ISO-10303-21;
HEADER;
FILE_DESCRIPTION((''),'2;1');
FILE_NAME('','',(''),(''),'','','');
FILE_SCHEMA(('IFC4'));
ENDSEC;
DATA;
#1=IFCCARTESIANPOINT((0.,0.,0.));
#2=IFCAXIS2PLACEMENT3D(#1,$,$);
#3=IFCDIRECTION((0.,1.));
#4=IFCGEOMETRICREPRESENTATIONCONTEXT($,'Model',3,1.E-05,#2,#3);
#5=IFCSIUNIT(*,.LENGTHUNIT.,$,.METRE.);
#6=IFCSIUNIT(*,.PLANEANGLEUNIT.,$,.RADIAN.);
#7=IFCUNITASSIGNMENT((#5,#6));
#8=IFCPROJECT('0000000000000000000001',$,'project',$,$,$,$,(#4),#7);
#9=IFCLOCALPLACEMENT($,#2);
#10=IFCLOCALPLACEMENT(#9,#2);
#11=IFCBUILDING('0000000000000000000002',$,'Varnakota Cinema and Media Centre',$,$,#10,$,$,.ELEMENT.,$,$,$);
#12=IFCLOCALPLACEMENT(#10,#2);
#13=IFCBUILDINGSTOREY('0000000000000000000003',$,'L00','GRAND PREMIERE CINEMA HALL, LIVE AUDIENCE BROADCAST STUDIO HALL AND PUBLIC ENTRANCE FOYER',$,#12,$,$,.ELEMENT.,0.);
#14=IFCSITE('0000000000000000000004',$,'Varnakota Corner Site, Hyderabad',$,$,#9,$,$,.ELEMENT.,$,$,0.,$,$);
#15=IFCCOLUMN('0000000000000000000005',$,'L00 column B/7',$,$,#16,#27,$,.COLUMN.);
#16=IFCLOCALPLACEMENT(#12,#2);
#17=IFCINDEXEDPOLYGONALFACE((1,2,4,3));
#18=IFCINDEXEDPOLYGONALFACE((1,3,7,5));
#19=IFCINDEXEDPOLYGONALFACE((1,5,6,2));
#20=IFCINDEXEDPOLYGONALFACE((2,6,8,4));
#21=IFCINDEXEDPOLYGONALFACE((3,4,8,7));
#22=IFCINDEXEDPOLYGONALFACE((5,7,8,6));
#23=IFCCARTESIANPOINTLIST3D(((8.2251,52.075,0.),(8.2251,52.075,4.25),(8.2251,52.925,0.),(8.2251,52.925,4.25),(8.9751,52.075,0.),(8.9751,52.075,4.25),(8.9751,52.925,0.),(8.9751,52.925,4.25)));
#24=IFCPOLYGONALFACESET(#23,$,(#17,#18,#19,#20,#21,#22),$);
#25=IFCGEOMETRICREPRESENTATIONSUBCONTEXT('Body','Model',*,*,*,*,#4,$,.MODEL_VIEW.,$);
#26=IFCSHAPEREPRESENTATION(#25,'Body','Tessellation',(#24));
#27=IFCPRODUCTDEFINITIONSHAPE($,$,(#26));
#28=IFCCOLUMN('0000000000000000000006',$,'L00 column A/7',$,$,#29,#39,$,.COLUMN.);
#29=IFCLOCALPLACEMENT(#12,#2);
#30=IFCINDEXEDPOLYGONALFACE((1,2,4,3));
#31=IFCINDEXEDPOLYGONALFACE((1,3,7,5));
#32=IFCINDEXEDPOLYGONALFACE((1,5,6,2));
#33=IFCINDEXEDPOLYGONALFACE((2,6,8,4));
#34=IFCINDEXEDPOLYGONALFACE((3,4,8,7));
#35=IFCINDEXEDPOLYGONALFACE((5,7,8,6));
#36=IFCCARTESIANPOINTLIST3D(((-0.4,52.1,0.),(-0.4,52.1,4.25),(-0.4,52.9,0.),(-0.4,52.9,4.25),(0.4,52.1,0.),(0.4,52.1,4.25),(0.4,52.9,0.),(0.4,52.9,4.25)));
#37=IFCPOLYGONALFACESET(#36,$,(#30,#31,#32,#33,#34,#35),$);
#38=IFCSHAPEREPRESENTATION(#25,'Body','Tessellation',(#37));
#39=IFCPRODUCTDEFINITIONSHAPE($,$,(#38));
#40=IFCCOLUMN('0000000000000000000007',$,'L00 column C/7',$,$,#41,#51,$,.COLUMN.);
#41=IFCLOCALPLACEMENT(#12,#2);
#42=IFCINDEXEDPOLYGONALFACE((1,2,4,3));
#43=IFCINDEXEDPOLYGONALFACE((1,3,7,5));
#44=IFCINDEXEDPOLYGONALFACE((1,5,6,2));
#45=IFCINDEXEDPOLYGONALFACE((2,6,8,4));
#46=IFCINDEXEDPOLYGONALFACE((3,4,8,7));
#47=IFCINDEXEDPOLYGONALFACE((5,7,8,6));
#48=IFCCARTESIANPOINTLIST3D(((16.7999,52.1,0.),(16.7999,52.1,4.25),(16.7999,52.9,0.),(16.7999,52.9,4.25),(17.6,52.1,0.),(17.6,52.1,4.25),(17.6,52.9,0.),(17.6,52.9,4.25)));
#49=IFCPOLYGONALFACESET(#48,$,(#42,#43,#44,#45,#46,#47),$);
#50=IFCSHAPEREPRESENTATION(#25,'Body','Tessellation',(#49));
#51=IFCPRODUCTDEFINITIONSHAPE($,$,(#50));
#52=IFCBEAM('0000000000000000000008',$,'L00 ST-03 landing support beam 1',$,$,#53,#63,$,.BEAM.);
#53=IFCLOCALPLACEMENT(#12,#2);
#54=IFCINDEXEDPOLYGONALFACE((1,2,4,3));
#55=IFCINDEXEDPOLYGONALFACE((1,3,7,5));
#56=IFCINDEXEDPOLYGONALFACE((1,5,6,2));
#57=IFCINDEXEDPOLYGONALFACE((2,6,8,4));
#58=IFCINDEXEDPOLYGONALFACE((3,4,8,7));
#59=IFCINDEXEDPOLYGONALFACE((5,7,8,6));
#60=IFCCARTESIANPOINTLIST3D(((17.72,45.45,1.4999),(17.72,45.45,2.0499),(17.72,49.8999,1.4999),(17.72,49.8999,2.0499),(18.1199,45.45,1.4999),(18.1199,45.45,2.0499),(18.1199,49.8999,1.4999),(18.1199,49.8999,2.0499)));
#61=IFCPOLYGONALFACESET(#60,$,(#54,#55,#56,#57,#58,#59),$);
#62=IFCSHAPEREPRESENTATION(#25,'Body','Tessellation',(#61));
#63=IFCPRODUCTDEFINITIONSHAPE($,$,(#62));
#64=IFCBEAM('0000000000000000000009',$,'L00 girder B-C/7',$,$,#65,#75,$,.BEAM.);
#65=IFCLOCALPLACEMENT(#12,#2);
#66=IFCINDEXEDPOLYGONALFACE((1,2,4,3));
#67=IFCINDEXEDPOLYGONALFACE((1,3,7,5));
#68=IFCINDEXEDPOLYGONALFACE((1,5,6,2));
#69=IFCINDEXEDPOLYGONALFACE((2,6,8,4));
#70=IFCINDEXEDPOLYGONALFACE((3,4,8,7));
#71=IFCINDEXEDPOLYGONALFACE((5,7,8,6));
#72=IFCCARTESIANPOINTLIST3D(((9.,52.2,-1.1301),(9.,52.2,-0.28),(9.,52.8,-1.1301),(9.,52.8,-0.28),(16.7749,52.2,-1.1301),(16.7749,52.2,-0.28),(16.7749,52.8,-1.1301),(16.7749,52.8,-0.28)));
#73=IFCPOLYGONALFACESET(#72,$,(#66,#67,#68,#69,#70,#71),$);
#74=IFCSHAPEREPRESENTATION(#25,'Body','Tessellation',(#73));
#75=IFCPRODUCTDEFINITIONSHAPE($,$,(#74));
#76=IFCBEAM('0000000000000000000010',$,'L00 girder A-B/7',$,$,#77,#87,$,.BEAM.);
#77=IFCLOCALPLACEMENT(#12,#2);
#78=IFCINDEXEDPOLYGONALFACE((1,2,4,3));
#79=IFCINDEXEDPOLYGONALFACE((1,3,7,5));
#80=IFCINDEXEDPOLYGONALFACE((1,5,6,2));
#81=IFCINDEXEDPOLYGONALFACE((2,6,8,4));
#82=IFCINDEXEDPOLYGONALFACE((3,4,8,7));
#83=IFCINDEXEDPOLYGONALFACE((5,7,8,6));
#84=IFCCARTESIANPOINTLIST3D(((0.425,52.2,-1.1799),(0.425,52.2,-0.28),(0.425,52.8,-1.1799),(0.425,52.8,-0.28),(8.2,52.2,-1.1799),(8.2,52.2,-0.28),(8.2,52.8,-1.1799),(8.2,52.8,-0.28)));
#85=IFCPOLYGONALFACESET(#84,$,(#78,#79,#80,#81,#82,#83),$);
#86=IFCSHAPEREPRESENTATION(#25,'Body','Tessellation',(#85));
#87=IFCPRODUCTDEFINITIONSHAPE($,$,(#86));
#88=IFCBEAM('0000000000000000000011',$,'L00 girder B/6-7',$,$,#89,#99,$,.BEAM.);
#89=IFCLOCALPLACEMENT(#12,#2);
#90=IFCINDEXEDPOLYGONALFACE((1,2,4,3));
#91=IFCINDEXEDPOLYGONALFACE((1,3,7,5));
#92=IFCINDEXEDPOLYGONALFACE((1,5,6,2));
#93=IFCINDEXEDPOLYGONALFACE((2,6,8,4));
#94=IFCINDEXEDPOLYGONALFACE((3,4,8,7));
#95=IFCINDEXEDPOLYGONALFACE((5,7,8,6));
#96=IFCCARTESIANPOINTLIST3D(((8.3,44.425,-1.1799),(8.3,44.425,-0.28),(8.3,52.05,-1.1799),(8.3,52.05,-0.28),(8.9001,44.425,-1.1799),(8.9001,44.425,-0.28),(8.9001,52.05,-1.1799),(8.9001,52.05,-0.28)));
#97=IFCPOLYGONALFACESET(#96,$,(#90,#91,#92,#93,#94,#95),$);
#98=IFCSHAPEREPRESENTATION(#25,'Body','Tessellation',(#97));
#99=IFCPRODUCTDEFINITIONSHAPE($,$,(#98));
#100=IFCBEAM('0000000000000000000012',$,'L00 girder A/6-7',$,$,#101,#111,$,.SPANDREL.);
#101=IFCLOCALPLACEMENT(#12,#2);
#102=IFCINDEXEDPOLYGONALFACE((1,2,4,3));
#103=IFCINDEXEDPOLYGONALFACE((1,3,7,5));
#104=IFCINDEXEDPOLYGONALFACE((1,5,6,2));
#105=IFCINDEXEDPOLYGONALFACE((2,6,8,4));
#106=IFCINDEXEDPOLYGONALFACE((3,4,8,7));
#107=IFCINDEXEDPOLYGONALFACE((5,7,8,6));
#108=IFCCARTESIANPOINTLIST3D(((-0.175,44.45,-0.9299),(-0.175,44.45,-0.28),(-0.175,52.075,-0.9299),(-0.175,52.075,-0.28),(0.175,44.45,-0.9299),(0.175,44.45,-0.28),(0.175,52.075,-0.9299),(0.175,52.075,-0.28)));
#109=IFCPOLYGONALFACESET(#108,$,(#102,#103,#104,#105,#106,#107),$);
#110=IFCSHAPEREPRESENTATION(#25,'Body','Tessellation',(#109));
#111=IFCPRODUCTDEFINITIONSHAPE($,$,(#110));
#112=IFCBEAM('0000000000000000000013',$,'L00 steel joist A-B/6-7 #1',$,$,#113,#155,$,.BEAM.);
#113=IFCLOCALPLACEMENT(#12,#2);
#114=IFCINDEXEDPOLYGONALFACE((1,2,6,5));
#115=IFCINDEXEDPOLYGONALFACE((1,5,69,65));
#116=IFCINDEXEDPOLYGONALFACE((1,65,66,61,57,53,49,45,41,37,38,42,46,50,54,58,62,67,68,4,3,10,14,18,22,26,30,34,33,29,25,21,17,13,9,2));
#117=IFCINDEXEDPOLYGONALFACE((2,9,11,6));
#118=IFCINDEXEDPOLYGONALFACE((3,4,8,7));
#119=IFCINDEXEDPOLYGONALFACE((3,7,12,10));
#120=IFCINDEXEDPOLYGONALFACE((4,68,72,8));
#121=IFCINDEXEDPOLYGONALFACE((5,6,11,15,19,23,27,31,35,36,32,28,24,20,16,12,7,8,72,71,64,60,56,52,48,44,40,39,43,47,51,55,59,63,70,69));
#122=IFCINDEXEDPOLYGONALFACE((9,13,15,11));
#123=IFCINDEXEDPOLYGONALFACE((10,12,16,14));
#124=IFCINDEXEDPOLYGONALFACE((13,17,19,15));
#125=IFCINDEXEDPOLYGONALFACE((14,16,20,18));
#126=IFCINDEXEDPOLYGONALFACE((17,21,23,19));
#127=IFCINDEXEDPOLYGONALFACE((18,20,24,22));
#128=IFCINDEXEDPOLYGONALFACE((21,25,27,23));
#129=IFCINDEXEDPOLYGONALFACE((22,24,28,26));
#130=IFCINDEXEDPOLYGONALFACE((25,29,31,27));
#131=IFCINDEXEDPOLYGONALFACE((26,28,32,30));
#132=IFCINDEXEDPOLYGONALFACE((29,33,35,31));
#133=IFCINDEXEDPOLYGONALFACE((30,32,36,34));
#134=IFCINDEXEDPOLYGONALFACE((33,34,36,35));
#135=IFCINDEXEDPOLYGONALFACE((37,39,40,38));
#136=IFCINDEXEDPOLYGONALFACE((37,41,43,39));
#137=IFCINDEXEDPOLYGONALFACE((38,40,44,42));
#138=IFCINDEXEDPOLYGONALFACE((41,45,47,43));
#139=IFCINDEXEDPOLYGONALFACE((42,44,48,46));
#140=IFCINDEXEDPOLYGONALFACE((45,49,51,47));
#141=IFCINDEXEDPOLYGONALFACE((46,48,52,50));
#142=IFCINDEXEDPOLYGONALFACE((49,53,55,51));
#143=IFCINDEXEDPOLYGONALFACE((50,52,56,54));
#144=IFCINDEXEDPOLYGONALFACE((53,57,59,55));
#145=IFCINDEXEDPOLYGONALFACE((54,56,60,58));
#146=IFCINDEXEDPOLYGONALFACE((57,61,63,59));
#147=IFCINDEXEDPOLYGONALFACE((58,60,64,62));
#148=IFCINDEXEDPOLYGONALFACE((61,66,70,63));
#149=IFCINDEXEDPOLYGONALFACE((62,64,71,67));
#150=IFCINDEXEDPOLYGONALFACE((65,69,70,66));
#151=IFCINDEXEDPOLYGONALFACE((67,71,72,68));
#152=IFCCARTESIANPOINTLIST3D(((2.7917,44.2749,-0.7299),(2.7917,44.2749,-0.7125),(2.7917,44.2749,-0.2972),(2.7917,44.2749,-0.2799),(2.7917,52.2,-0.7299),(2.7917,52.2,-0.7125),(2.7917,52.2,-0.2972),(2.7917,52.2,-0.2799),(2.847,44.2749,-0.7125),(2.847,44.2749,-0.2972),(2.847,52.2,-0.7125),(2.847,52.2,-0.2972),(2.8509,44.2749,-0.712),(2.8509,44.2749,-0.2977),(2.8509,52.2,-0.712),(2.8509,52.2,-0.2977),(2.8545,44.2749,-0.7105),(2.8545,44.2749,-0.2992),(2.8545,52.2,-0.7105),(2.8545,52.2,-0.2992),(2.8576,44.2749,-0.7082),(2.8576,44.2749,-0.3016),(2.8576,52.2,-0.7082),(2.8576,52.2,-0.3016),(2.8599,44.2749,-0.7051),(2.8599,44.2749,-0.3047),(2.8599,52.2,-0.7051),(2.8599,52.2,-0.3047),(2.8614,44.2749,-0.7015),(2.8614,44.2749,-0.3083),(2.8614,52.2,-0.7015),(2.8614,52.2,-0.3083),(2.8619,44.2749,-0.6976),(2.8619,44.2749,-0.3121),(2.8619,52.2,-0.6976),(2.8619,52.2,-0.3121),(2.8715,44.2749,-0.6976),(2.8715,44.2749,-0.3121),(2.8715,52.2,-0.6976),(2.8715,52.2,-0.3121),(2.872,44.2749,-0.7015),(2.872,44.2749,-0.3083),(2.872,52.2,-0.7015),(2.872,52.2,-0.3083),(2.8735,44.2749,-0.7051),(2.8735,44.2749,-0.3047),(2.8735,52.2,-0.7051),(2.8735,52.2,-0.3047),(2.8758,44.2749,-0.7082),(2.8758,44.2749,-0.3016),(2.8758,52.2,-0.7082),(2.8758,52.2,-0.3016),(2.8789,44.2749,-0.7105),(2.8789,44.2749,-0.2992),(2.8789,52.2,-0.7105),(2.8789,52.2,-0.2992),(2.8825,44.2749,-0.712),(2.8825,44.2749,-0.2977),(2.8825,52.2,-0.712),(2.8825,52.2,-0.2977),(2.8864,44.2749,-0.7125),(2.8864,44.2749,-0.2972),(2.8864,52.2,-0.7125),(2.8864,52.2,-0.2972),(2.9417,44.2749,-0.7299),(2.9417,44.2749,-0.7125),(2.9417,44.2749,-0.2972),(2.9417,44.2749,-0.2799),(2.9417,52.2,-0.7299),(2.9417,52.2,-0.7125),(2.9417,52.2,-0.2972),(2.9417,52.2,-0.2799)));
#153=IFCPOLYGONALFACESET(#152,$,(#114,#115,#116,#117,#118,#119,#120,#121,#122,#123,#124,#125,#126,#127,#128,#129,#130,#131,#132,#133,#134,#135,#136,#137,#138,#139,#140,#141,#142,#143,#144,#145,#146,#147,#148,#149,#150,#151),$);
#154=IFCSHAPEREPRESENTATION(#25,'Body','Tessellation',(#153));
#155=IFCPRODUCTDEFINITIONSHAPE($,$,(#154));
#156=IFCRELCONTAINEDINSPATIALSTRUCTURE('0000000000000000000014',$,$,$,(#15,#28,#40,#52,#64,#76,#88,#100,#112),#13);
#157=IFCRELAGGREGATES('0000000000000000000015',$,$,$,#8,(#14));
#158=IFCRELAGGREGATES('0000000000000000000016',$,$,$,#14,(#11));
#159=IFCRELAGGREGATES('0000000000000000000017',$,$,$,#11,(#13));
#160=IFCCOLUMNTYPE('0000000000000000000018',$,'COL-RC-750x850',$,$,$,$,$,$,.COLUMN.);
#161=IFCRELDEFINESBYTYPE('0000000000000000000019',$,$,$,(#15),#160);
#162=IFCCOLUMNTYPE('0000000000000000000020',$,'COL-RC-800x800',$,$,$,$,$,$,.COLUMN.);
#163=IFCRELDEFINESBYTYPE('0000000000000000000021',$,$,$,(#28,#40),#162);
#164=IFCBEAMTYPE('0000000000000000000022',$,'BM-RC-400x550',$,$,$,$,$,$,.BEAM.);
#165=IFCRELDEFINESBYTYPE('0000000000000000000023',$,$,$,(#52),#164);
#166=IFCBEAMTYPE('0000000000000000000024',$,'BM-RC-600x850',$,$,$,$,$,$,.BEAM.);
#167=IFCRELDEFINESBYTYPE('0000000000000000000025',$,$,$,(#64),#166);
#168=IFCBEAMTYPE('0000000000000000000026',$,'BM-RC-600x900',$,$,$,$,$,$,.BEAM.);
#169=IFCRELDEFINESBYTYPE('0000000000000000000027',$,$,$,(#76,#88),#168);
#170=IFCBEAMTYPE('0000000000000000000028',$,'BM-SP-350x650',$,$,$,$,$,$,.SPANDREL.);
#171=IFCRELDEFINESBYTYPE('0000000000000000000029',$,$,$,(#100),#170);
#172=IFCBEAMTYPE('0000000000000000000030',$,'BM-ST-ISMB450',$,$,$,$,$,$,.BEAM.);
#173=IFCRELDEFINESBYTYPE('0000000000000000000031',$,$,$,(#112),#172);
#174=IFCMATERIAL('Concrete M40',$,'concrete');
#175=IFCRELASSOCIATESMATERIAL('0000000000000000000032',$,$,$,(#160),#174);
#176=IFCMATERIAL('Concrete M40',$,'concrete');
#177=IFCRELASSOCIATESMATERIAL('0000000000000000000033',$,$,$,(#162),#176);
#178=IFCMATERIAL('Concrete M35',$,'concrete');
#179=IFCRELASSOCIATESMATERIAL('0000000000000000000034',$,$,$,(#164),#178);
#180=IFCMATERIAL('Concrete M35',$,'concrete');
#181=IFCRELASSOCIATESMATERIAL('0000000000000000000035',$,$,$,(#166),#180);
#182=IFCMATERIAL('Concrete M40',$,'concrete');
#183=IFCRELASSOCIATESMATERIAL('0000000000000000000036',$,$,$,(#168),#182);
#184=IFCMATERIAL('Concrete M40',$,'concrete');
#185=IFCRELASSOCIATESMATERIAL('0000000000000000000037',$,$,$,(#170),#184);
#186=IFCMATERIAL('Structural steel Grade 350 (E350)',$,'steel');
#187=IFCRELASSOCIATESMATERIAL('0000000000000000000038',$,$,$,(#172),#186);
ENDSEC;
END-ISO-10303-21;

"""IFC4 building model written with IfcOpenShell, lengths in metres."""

from ifc_helpers import new_model, si_unit, direction, frame, origin, origin_2d, place, context, subcontext, project, spatial, rectangle, i_section, extrude, material, material_profile, profile_set, type_object, element, save


model = new_model("IFC4")

# Units and contexts
model_context = context("Model", 3, precision=1e-05, world=origin(), true_north=direction((0.0, 1.0)))
body_context = subcontext(model_context, "Body", "Model", "MODEL_VIEW")
ifc_project = project(units=[si_unit("LENGTHUNIT", "METRE"), si_unit("PLANEANGLEUNIT", "RADIAN")], contexts=[model_context])

# Site, building, storey
site_placement = place(None, origin())
site = spatial("IfcSite", under=ifc_project, at=site_placement, Name="Varnakota Corner Site, Hyderabad", CompositionType="ELEMENT", RefElevation=0.0)
building_placement = place(site_placement, origin())
building = spatial("IfcBuilding", under=site, at=building_placement, Name="Varnakota Cinema and Media Centre", CompositionType="ELEMENT")
storey_placement = place(building_placement, origin())
storey = spatial("IfcBuildingStorey", under=building, at=storey_placement, Name="L00", Description="GRAND PREMIERE CINEMA HALL, LIVE AUDIENCE BROADCAST STUDIO HALL AND PUBLIC ENTRANCE FOYER", CompositionType="ELEMENT", Elevation=0.0)

# Columns
ifc_material_1 = material(Name="Concrete M40", Category="concrete")
ifc_material_profile_1 = material_profile(ifc_material_1, rectangle(XDim=0.75, YDim=0.8501, at=origin_2d()), Name="RC 750x850")
ifc_profile_set_1 = profile_set([ifc_material_profile_1], Name="Concrete M40")
column_type_1 = type_object("IfcColumnType", Name="COL-RC-750x850", PredefinedType="COLUMN", material=ifc_profile_set_1)
column_placement = place(storey_placement, frame((8.6001, 52.5, 0.0), z_axis=(0.0, 0.0, 1.0), x_axis=(1.0, 0.0, 0.0)))
element("IfcColumn", 1, at=column_placement, inside=storey, type_object=column_type_1, Name="L00 column B/7", PredefinedType="COLUMN", context=body_context, shape_type="SweptSolid", body=[
    extrude(rectangle(XDim=0.75, YDim=0.8501, at=origin_2d()), origin(), (0.0, 0.0, 1.0), 4.25),
])
ifc_material_2 = material(Name="Concrete M40", Category="concrete")
ifc_material_profile_2 = material_profile(ifc_material_2, rectangle(XDim=0.8, YDim=0.8, at=origin_2d()), Name="RC 800x800")
ifc_profile_set_2 = profile_set([ifc_material_profile_2], Name="Concrete M40")
column_type_2 = type_object("IfcColumnType", Name="COL-RC-800x800", PredefinedType="COLUMN", material=ifc_profile_set_2)
for number, where, z_axis, x_axis, name in (
    (2, (0.0, 52.5, 0.0), (0.0, 0.0, 1.0), (1.0, 0.0, 0.0), "L00 column A/7"),
    (3, (17.2, 52.5, 0.0), (0.0, 0.0, 1.0), (1.0, 0.0, 0.0), "L00 column C/7"),
):
    element("IfcColumn", number, at=place(storey_placement, frame(where, z_axis=z_axis, x_axis=x_axis)), inside=storey, type_object=column_type_2, Name=name, PredefinedType="COLUMN", context=body_context, shape_type="SweptSolid", body=[
        extrude(rectangle(XDim=0.8, YDim=0.8, at=origin_2d()), origin(), (0.0, 0.0, 1.0), 4.25),
    ])

# Beams
ifc_material_3 = material(Name="Concrete M35", Category="concrete")
ifc_material_profile_3 = material_profile(ifc_material_3, rectangle(XDim=0.3999, YDim=0.55, at=origin_2d()), Name="RCB 400x550")
ifc_profile_set_3 = profile_set([ifc_material_profile_3], Name="Concrete M35")
beam_type_1 = type_object("IfcBeamType", Name="BM-RC-400x550", PredefinedType="BEAM", material=ifc_profile_set_3)
beam_1_placement = place(storey_placement, frame((17.9199, 45.45, 1.7749), z_axis=(0.0, 1.0, 0.0), x_axis=(-1.0, 0.0, 0.0)))
element("IfcBeam", 4, at=beam_1_placement, inside=storey, type_object=beam_type_1, Name="L00 ST-03 landing support beam 1", PredefinedType="BEAM", context=body_context, shape_type="SweptSolid", body=[
    extrude(rectangle(XDim=0.3999, YDim=0.55, at=origin_2d()), origin(), (0.0, 0.0, 1.0), 4.45),
])
ifc_material_4 = material(Name="Concrete M35", Category="concrete")
ifc_material_profile_4 = material_profile(ifc_material_4, rectangle(XDim=0.6001, YDim=0.8501, at=origin_2d()), Name="RCB 600x850")
ifc_profile_set_4 = profile_set([ifc_material_profile_4], Name="Concrete M35")
beam_type_2 = type_object("IfcBeamType", Name="BM-RC-600x850", PredefinedType="BEAM", material=ifc_profile_set_4)
beam_2_placement = place(storey_placement, frame((9.0, 52.5, -0.7051), z_axis=(1.0, 0.0, 0.0), x_axis=(0.0, 1.0, 0.0)))
element("IfcBeam", 5, at=beam_2_placement, inside=storey, type_object=beam_type_2, Name="L00 girder B-C/7", PredefinedType="BEAM", context=body_context, shape_type="SweptSolid", body=[
    extrude(rectangle(XDim=0.6001, YDim=0.8501, at=origin_2d()), origin(), (0.0, 0.0, 1.0), 7.7749),
])
ifc_material_5 = material(Name="Concrete M40", Category="concrete")
ifc_material_profile_5 = material_profile(ifc_material_5, rectangle(XDim=0.6001, YDim=0.8999, at=origin_2d()), Name="RCB 600x900")
ifc_profile_set_5 = profile_set([ifc_material_profile_5], Name="Concrete M40")
beam_type_3 = type_object("IfcBeamType", Name="BM-RC-600x900", PredefinedType="BEAM", material=ifc_profile_set_5)
beam_3_placement = place(storey_placement, frame((0.425, 52.5, -0.73), z_axis=(1.0, 0.0, 0.0), x_axis=(0.0, 1.0, 0.0)))
element("IfcBeam", 6, at=beam_3_placement, inside=storey, type_object=beam_type_3, Name="L00 girder A-B/7", PredefinedType="BEAM", context=body_context, shape_type="SweptSolid", body=[
    extrude(rectangle(XDim=0.6001, YDim=0.8999, at=origin_2d()), origin(), (0.0, 0.0, 1.0), 7.7749),
])
beam_4_placement = place(storey_placement, frame((8.6001, 44.425, -0.73), z_axis=(0.0, 1.0, 0.0), x_axis=(-1.0, 0.0, 0.0)))
element("IfcBeam", 7, at=beam_4_placement, inside=storey, type_object=beam_type_3, Name="L00 girder B/6-7", PredefinedType="BEAM", context=body_context, shape_type="SweptSolid", body=[
    extrude(rectangle(XDim=0.6001, YDim=0.8999, at=origin_2d()), origin(), (0.0, 0.0, 1.0), 7.625),
])
ifc_material_6 = material(Name="Concrete M40", Category="concrete")
ifc_material_profile_6 = material_profile(ifc_material_6, rectangle(XDim=0.3501, YDim=0.6499, at=origin_2d()), Name="RCB 350x650")
ifc_profile_set_6 = profile_set([ifc_material_profile_6], Name="Concrete M40")
beam_type_4 = type_object("IfcBeamType", Name="BM-SP-350x650", PredefinedType="SPANDREL", material=ifc_profile_set_6)
beam_5_placement = place(storey_placement, frame((0.0, 44.45, -0.605), z_axis=(0.0, 1.0, 0.0), x_axis=(-1.0, 0.0, 0.0)))
element("IfcBeam", 8, at=beam_5_placement, inside=storey, type_object=beam_type_4, Name="L00 girder A/6-7", PredefinedType="SPANDREL", context=body_context, shape_type="SweptSolid", body=[
    extrude(rectangle(XDim=0.3501, YDim=0.6499, at=origin_2d()), origin(), (0.0, 0.0, 1.0), 7.625),
])
ifc_material_7 = material(Name="Structural steel Grade 350 (E350)", Category="steel")
ifc_material_profile_7 = material_profile(ifc_material_7, i_section(OverallWidth=0.1499, OverallDepth=0.45, WebThickness=0.0095, FlangeThickness=0.0173, FilletRadius=0.0149, at=origin_2d()), Name="ISMB 450")
ifc_profile_set_7 = profile_set([ifc_material_profile_7], Name="Structural steel Grade 350 (E350)")
beam_type_5 = type_object("IfcBeamType", Name="BM-ST-ISMB450", PredefinedType="BEAM", material=ifc_profile_set_7)
for number, where, z_axis, x_axis, name in (
    (9, (2.8667, 44.2749, -0.5049), (0.0, 1.0, 0.0), (-1.0, 0.0, 0.0), "L00 steel joist A-B/6-7 #1"),
):
    element("IfcBeam", number, at=place(storey_placement, frame(where, z_axis=z_axis, x_axis=x_axis)), inside=storey, type_object=beam_type_5, Name=name, PredefinedType="BEAM", context=body_context, shape_type="SweptSolid", body=[
        extrude(i_section(OverallWidth=0.1499, OverallDepth=0.45, WebThickness=0.0095, FlangeThickness=0.0173, FilletRadius=0.0149, at=origin_2d()), origin(), (0.0, 0.0, 1.0), 7.925),
    ])

save(model, "model.ifc")
